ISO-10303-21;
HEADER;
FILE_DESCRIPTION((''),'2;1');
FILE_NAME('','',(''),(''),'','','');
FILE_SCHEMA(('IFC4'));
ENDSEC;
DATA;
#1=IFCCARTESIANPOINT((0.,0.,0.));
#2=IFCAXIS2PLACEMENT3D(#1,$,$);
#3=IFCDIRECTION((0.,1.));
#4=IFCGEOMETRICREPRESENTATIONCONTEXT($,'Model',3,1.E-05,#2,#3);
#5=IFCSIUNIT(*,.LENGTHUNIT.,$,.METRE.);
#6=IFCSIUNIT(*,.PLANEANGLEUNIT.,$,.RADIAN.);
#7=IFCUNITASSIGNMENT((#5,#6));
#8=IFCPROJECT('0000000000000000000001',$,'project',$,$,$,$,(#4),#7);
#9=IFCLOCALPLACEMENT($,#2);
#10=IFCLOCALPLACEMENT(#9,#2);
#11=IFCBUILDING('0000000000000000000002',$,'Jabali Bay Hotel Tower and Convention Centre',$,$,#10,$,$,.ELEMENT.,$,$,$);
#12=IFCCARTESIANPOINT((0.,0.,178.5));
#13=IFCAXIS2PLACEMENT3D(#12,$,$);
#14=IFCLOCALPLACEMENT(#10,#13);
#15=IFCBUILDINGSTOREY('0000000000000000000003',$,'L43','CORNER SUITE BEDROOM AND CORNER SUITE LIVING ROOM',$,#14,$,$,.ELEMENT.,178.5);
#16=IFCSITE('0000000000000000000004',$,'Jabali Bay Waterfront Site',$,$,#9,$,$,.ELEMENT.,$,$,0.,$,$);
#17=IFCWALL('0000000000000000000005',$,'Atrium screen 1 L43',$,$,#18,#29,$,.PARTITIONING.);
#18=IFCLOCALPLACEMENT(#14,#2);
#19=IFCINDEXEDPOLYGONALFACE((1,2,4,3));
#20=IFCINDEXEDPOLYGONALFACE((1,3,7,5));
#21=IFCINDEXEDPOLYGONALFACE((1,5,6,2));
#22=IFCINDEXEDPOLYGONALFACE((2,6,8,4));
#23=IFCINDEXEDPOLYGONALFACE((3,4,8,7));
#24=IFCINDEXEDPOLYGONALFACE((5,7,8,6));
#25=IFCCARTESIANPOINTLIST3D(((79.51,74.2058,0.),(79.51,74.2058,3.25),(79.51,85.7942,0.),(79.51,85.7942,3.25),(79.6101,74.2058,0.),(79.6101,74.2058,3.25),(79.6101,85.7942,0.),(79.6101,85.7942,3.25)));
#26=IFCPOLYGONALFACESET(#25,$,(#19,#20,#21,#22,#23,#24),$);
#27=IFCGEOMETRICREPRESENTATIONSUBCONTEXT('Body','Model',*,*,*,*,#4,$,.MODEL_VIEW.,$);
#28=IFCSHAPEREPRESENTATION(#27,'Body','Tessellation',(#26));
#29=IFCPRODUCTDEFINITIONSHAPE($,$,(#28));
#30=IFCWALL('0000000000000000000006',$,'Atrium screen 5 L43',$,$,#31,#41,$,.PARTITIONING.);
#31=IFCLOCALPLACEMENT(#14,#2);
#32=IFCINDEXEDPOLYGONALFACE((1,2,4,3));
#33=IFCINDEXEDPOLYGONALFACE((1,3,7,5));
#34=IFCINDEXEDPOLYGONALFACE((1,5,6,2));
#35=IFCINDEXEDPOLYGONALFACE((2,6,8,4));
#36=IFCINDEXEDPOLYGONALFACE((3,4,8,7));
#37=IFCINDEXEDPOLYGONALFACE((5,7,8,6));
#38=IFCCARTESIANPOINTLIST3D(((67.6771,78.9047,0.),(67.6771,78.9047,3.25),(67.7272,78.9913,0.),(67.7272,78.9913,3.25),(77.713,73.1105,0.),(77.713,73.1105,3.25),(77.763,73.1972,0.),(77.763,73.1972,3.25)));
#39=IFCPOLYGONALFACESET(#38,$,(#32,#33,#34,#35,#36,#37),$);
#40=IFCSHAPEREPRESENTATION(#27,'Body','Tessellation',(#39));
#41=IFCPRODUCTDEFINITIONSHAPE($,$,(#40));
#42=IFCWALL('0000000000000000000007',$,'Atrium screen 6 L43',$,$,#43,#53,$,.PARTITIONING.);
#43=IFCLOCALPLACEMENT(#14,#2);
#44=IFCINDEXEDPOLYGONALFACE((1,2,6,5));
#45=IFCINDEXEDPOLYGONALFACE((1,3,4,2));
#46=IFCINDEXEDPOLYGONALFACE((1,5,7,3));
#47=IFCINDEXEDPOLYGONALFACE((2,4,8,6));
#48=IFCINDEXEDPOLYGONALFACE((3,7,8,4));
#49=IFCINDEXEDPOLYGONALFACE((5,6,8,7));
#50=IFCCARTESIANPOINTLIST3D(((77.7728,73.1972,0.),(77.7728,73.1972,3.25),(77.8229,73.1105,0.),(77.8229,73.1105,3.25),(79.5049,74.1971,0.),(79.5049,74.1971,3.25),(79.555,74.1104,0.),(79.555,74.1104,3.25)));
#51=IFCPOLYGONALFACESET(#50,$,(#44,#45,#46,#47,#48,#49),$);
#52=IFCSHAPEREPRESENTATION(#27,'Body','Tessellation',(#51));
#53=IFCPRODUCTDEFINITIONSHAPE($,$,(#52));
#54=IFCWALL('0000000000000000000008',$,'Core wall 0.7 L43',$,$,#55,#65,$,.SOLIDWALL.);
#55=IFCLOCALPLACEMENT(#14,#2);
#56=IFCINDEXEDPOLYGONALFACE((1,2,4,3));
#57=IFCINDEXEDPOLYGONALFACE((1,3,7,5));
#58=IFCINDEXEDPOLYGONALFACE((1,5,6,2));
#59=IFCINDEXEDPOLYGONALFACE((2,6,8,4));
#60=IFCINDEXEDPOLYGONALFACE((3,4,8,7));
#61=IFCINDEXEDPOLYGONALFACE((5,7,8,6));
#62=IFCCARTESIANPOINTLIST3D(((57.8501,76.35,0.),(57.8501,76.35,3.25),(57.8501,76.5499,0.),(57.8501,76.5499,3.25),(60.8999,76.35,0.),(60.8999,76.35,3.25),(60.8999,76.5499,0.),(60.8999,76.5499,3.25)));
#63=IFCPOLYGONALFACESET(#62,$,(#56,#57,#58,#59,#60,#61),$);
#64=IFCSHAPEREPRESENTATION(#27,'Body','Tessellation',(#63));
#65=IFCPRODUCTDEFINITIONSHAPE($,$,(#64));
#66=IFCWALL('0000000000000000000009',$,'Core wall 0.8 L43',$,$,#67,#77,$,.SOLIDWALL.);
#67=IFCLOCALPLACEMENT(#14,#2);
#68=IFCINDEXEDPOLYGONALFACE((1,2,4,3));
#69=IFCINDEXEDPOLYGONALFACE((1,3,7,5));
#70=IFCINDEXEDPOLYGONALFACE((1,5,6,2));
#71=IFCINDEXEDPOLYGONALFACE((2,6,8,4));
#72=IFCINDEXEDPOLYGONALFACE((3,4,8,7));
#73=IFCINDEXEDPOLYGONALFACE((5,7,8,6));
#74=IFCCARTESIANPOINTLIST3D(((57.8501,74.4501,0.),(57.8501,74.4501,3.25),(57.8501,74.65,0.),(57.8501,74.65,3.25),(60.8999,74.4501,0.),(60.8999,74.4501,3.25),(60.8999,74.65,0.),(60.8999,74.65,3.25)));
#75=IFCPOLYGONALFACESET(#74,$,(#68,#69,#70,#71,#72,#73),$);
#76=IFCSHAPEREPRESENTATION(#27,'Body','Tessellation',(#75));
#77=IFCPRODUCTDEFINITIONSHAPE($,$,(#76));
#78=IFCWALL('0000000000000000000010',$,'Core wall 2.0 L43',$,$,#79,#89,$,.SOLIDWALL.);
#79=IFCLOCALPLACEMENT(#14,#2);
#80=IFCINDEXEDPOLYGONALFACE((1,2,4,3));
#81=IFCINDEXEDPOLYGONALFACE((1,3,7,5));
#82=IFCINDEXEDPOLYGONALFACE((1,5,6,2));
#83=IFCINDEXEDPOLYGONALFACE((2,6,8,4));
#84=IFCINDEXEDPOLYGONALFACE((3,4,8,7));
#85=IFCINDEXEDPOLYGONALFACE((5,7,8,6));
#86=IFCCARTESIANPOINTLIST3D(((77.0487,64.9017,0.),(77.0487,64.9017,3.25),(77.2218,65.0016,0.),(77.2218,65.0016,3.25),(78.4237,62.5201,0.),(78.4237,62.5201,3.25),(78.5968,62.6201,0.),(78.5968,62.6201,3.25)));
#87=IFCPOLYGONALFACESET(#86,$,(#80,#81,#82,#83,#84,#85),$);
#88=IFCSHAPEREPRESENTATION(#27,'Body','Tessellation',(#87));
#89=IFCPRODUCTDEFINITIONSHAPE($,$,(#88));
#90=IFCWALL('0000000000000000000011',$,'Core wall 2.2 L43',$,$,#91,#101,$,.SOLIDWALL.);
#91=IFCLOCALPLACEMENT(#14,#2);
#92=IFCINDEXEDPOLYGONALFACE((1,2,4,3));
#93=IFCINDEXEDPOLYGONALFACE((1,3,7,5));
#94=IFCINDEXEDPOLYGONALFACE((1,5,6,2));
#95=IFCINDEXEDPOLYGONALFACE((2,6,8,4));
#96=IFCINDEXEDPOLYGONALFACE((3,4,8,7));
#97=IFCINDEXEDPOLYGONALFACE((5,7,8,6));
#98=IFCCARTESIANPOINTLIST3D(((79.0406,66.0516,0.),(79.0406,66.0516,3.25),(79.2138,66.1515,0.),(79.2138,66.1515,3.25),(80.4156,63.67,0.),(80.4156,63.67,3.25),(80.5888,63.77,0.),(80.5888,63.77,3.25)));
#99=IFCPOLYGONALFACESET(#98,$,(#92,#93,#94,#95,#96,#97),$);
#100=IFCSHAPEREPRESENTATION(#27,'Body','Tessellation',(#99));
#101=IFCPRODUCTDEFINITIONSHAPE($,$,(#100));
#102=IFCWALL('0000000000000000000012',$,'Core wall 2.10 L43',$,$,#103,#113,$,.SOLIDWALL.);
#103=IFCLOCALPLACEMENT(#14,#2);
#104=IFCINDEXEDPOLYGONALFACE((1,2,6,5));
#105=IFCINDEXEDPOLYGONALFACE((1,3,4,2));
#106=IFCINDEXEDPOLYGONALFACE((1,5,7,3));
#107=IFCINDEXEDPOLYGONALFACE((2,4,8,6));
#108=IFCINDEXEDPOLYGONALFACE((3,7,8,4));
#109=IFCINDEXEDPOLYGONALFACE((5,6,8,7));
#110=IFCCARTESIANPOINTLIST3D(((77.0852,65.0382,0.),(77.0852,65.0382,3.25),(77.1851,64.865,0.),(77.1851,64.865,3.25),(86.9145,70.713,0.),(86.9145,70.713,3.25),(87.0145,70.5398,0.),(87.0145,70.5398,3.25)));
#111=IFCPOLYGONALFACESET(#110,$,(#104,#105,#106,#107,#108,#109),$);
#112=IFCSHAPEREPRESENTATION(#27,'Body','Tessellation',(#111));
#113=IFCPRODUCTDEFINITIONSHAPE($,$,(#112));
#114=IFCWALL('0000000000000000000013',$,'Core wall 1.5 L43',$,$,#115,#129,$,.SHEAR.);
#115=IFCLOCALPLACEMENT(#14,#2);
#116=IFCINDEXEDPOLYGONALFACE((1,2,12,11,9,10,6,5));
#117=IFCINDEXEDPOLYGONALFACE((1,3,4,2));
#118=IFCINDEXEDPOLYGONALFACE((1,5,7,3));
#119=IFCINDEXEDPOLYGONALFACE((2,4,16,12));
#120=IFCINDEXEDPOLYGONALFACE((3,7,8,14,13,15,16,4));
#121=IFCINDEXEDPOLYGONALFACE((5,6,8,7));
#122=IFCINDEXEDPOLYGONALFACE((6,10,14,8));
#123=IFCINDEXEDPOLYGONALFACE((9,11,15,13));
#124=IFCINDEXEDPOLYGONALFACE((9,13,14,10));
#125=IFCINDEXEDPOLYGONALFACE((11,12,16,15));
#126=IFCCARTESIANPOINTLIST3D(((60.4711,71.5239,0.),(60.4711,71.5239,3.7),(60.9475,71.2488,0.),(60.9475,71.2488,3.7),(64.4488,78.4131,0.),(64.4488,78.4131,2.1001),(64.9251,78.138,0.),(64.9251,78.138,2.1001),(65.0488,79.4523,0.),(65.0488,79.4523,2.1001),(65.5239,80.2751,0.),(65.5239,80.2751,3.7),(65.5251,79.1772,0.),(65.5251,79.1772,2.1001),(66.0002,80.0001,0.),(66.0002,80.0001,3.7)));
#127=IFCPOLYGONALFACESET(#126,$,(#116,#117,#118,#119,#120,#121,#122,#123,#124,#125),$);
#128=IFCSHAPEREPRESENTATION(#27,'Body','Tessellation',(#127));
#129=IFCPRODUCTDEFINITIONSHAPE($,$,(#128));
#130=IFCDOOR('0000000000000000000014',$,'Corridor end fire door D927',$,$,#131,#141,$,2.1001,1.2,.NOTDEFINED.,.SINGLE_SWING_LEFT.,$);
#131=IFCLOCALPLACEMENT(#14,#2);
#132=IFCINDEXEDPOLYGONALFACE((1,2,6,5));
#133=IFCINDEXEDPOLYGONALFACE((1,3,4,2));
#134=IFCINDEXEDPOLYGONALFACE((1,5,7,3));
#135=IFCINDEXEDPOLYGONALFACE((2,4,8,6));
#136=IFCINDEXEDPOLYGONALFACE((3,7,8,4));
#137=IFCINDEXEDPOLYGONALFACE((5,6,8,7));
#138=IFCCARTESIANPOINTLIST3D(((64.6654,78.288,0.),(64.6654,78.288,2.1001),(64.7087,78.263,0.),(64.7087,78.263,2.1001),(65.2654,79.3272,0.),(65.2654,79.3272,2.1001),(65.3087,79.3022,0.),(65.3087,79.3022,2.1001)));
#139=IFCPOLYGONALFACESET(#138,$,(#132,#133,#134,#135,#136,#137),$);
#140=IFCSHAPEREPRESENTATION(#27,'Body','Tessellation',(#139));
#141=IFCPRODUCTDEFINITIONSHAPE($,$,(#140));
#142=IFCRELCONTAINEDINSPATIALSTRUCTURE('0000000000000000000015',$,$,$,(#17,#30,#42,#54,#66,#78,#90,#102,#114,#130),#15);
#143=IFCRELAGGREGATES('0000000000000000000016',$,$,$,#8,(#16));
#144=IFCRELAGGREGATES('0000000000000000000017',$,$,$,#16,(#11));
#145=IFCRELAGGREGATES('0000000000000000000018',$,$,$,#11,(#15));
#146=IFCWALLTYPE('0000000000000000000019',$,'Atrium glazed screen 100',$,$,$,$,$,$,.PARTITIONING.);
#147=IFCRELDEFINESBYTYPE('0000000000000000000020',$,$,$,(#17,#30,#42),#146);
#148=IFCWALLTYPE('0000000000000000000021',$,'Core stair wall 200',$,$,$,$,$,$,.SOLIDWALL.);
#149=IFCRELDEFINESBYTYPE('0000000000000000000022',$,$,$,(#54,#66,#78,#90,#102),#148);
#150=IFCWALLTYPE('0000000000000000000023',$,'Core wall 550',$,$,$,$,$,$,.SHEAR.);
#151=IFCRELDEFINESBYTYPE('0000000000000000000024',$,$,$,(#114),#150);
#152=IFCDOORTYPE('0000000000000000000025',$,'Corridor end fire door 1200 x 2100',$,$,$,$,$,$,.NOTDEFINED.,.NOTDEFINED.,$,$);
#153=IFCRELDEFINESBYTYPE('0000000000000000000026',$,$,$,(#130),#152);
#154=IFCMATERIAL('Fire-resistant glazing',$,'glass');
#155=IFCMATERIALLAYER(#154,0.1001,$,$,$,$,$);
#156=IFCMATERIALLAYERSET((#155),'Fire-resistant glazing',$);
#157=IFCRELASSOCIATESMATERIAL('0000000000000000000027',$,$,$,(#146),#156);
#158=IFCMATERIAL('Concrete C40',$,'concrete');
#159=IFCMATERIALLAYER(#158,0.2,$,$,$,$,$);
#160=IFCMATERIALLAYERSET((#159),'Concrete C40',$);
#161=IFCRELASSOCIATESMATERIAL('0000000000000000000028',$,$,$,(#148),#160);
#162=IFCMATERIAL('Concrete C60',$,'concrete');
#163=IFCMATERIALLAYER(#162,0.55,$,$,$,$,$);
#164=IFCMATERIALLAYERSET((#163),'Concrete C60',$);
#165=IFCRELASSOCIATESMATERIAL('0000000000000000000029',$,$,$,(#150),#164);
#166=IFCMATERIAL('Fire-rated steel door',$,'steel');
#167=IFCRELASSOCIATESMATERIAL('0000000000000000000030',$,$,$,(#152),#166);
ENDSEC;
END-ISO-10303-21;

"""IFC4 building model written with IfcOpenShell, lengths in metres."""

from ifc_helpers import new_model, si_unit, direction, frame, frame_2d, origin, place, context, subcontext, project, spatial, rectangle, extrude, material, layer, layer_set, type_object, element, fill, save


model = new_model("IFC4")

# Units and contexts
model_context = context("Model", 3, precision=1e-05, world=origin(), true_north=direction((0.0, 1.0)))
body_context = subcontext(model_context, "Body", "Model", "MODEL_VIEW")
ifc_project = project(units=[si_unit("LENGTHUNIT", "METRE"), si_unit("PLANEANGLEUNIT", "RADIAN")], contexts=[model_context])

# Site, building, storey
site_placement = place(None, origin())
site = spatial("IfcSite", under=ifc_project, at=site_placement, Name="Jabali Bay Waterfront Site", CompositionType="ELEMENT", RefElevation=0.0)
building_placement = place(site_placement, origin())
building = spatial("IfcBuilding", under=site, at=building_placement, Name="Jabali Bay Hotel Tower and Convention Centre", CompositionType="ELEMENT")
storey_placement = place(building_placement, frame((0.0, 0.0, 178.5)))
storey = spatial("IfcBuildingStorey", under=building, at=storey_placement, Name="L43", Description="CORNER SUITE BEDROOM AND CORNER SUITE LIVING ROOM", CompositionType="ELEMENT", Elevation=178.5)

# Walls
ifc_material_1 = material(Name="Fire-resistant glazing", Category="glass")
ifc_layer_1 = layer(ifc_material_1, 0.1001)
ifc_layer_set_1 = layer_set([ifc_layer_1], Name="Fire-resistant glazing")
wall_type_1 = type_object("IfcWallType", Name="Atrium glazed screen 100", PredefinedType="PARTITIONING", material=ifc_layer_set_1)
for number, where, z_axis, x_axis, name in (
    (1, (79.5601, 74.2058, 0.0), (0.0, 0.0, 1.0), (0.0, 1.0, 0.0), "Atrium screen 1 L43"),
    (2, (67.7021, 78.948, 0.0), (0.0, 0.0, 1.0), (0.866027, -0.499998, 0.0), "Atrium screen 5 L43"),
):
    element("IfcWall", number, at=place(storey_placement, frame(where, z_axis=z_axis, x_axis=x_axis)), inside=storey, type_object=wall_type_1, Name=name, PredefinedType="PARTITIONING", context=body_context, shape_type="SweptSolid", body=[
        extrude(rectangle(XDim=11.5884, YDim=0.1001, at=frame_2d((5.7942, 0.0))), origin(), (0.0, 0.0, 1.0), 3.25),
    ])
wall_1_placement = place(storey_placement, frame((77.7979, 73.1538, 0.0), z_axis=(0.0, 0.0, 1.0), x_axis=(0.866041, 0.499973, 0.0)))
element("IfcWall", 3, at=wall_1_placement, inside=storey, type_object=wall_type_1, Name="Atrium screen 6 L43", PredefinedType="PARTITIONING", context=body_context, shape_type="SweptSolid", body=[
    extrude(rectangle(XDim=2.0, YDim=0.1001, at=frame_2d((1.0, 0.0))), origin(), (0.0, 0.0, 1.0), 3.25),
])
ifc_material_2 = material(Name="Concrete C40", Category="concrete")
ifc_layer_2 = layer(ifc_material_2, 0.2)
ifc_layer_set_2 = layer_set([ifc_layer_2], Name="Concrete C40")
wall_type_2 = type_object("IfcWallType", Name="Core stair wall 200", PredefinedType="SOLIDWALL", material=ifc_layer_set_2)
for number, where, z_axis, x_axis, name in (
    (4, (60.8999, 76.45, 0.0), (0.0, 0.0, 1.0), (-1.0, 0.0, 0.0), "Core wall 0.7 L43"),
    (5, (60.8999, 74.55, 0.0), (0.0, 0.0, 1.0), (-1.0, 0.0, 0.0), "Core wall 0.8 L43"),
):
    element("IfcWall", number, at=place(storey_placement, frame(where, z_axis=z_axis, x_axis=x_axis)), inside=storey, type_object=wall_type_2, Name=name, PredefinedType="SOLIDWALL", context=body_context, shape_type="SweptSolid", body=[
        extrude(rectangle(XDim=3.0498, YDim=0.2, at=frame_2d((1.5249, 0.0))), origin(), (0.0, 0.0, 1.0), 3.25),
    ])
for number, where, z_axis, x_axis, name in (
    (6, (77.1353, 64.9517, 0.0), (0.0, 0.0, 1.0), (0.499997, -0.866027, 0.0), "Core wall 2.0 L43"),
    (7, (79.1272, 66.1016, 0.0), (0.0, 0.0, 1.0), (0.499997, -0.866027, 0.0), "Core wall 2.2 L43"),
):
    element("IfcWall", number, at=place(storey_placement, frame(where, z_axis=z_axis, x_axis=x_axis)), inside=storey, type_object=wall_type_2, Name=name, PredefinedType="SOLIDWALL", context=body_context, shape_type="SweptSolid", body=[
        extrude(rectangle(XDim=2.75, YDim=0.2, at=frame_2d((1.375, 0.0))), origin(), (0.0, 0.0, 1.0), 3.25),
    ])
wall_2_placement = place(storey_placement, frame((77.1353, 64.9517, 0.0), z_axis=(0.0, 0.0, 1.0), x_axis=(0.866032, 0.499989, 0.0)))
element("IfcWall", 8, at=wall_2_placement, inside=storey, type_object=wall_type_2, Name="Core wall 2.10 L43", PredefinedType="SOLIDWALL", context=body_context, shape_type="SweptSolid", body=[
    extrude(rectangle(XDim=11.3499, YDim=0.2, at=frame_2d((5.6748, 0.0))), origin(), (0.0, 0.0, 1.0), 3.25),
])

# Wall, opening, door
ifc_material_3 = material(Name="Concrete C60", Category="concrete")
ifc_layer_3 = layer(ifc_material_3, 0.55)
ifc_layer_set_3 = layer_set([ifc_layer_3], Name="Concrete C60")
wall_type_3 = type_object("IfcWallType", Name="Core wall 550", PredefinedType="SHEAR", material=ifc_layer_set_3)
wall_3_placement = place(storey_placement, frame((60.7092, 71.3862, 0.0), z_axis=(0.0, 0.0, 1.0), x_axis=(0.500016, 0.866016, 0.0)))
wall_3 = element("IfcWall", 9, at=wall_3_placement, inside=storey, type_object=wall_type_3, Name="Core wall 1.5 L43", PredefinedType="SHEAR", context=body_context, shape_type="SweptSolid", body=[
    extrude(rectangle(XDim=10.1052, YDim=0.55, at=frame_2d((5.0527, 0.0))), origin(), (0.0, 0.0, 1.0), 3.7),
])
opening_1_placement = place(wall_3_placement, frame((7.9551, 0.0, 0.0)))
opening_1 = element("IfcOpeningElement", 10, at=opening_1_placement, cuts=wall_3, PredefinedType="OPENING", context=body_context, shape_type="SweptSolid", body=[
    extrude(rectangle(XDim=1.2, YDim=2.1001, at=frame_2d((0.6001, 1.05))), frame((0.0, 0.2856, 0.0), z_axis=(0.0, -1.0, 0.0), x_axis=(1.0, 0.0, 0.0)), (0.0, 0.0, 1.0), 0.571),
])
ifc_material_4 = material(Name="Fire-rated steel door", Category="steel")
door_type_1 = type_object("IfcDoorType", Name="Corridor end fire door 1200 x 2100", OperationType="NOTDEFINED", PredefinedType="NOTDEFINED", material=ifc_material_4)
door_1_placement = place(opening_1_placement, origin())
door_1 = element("IfcDoor", 11, at=door_1_placement, inside=storey, type_object=door_type_1, Name="Corridor end fire door D927", OperationType="SINGLE_SWING_LEFT", OverallHeight=2.1001, OverallWidth=1.2, PredefinedType="NOTDEFINED", context=body_context, shape_type="SweptSolid", body=[
    extrude(rectangle(XDim=1.2, YDim=2.1001, at=frame_2d((0.6001, 1.05))), frame((0.0, 0.0249, 0.0), z_axis=(0.0, -1.0, 0.0), x_axis=(1.0, 0.0, 0.0)), (0.0, 0.0, 1.0), 0.05),
])
fill(opening_1, door_1)

save(model, "model.ifc")
